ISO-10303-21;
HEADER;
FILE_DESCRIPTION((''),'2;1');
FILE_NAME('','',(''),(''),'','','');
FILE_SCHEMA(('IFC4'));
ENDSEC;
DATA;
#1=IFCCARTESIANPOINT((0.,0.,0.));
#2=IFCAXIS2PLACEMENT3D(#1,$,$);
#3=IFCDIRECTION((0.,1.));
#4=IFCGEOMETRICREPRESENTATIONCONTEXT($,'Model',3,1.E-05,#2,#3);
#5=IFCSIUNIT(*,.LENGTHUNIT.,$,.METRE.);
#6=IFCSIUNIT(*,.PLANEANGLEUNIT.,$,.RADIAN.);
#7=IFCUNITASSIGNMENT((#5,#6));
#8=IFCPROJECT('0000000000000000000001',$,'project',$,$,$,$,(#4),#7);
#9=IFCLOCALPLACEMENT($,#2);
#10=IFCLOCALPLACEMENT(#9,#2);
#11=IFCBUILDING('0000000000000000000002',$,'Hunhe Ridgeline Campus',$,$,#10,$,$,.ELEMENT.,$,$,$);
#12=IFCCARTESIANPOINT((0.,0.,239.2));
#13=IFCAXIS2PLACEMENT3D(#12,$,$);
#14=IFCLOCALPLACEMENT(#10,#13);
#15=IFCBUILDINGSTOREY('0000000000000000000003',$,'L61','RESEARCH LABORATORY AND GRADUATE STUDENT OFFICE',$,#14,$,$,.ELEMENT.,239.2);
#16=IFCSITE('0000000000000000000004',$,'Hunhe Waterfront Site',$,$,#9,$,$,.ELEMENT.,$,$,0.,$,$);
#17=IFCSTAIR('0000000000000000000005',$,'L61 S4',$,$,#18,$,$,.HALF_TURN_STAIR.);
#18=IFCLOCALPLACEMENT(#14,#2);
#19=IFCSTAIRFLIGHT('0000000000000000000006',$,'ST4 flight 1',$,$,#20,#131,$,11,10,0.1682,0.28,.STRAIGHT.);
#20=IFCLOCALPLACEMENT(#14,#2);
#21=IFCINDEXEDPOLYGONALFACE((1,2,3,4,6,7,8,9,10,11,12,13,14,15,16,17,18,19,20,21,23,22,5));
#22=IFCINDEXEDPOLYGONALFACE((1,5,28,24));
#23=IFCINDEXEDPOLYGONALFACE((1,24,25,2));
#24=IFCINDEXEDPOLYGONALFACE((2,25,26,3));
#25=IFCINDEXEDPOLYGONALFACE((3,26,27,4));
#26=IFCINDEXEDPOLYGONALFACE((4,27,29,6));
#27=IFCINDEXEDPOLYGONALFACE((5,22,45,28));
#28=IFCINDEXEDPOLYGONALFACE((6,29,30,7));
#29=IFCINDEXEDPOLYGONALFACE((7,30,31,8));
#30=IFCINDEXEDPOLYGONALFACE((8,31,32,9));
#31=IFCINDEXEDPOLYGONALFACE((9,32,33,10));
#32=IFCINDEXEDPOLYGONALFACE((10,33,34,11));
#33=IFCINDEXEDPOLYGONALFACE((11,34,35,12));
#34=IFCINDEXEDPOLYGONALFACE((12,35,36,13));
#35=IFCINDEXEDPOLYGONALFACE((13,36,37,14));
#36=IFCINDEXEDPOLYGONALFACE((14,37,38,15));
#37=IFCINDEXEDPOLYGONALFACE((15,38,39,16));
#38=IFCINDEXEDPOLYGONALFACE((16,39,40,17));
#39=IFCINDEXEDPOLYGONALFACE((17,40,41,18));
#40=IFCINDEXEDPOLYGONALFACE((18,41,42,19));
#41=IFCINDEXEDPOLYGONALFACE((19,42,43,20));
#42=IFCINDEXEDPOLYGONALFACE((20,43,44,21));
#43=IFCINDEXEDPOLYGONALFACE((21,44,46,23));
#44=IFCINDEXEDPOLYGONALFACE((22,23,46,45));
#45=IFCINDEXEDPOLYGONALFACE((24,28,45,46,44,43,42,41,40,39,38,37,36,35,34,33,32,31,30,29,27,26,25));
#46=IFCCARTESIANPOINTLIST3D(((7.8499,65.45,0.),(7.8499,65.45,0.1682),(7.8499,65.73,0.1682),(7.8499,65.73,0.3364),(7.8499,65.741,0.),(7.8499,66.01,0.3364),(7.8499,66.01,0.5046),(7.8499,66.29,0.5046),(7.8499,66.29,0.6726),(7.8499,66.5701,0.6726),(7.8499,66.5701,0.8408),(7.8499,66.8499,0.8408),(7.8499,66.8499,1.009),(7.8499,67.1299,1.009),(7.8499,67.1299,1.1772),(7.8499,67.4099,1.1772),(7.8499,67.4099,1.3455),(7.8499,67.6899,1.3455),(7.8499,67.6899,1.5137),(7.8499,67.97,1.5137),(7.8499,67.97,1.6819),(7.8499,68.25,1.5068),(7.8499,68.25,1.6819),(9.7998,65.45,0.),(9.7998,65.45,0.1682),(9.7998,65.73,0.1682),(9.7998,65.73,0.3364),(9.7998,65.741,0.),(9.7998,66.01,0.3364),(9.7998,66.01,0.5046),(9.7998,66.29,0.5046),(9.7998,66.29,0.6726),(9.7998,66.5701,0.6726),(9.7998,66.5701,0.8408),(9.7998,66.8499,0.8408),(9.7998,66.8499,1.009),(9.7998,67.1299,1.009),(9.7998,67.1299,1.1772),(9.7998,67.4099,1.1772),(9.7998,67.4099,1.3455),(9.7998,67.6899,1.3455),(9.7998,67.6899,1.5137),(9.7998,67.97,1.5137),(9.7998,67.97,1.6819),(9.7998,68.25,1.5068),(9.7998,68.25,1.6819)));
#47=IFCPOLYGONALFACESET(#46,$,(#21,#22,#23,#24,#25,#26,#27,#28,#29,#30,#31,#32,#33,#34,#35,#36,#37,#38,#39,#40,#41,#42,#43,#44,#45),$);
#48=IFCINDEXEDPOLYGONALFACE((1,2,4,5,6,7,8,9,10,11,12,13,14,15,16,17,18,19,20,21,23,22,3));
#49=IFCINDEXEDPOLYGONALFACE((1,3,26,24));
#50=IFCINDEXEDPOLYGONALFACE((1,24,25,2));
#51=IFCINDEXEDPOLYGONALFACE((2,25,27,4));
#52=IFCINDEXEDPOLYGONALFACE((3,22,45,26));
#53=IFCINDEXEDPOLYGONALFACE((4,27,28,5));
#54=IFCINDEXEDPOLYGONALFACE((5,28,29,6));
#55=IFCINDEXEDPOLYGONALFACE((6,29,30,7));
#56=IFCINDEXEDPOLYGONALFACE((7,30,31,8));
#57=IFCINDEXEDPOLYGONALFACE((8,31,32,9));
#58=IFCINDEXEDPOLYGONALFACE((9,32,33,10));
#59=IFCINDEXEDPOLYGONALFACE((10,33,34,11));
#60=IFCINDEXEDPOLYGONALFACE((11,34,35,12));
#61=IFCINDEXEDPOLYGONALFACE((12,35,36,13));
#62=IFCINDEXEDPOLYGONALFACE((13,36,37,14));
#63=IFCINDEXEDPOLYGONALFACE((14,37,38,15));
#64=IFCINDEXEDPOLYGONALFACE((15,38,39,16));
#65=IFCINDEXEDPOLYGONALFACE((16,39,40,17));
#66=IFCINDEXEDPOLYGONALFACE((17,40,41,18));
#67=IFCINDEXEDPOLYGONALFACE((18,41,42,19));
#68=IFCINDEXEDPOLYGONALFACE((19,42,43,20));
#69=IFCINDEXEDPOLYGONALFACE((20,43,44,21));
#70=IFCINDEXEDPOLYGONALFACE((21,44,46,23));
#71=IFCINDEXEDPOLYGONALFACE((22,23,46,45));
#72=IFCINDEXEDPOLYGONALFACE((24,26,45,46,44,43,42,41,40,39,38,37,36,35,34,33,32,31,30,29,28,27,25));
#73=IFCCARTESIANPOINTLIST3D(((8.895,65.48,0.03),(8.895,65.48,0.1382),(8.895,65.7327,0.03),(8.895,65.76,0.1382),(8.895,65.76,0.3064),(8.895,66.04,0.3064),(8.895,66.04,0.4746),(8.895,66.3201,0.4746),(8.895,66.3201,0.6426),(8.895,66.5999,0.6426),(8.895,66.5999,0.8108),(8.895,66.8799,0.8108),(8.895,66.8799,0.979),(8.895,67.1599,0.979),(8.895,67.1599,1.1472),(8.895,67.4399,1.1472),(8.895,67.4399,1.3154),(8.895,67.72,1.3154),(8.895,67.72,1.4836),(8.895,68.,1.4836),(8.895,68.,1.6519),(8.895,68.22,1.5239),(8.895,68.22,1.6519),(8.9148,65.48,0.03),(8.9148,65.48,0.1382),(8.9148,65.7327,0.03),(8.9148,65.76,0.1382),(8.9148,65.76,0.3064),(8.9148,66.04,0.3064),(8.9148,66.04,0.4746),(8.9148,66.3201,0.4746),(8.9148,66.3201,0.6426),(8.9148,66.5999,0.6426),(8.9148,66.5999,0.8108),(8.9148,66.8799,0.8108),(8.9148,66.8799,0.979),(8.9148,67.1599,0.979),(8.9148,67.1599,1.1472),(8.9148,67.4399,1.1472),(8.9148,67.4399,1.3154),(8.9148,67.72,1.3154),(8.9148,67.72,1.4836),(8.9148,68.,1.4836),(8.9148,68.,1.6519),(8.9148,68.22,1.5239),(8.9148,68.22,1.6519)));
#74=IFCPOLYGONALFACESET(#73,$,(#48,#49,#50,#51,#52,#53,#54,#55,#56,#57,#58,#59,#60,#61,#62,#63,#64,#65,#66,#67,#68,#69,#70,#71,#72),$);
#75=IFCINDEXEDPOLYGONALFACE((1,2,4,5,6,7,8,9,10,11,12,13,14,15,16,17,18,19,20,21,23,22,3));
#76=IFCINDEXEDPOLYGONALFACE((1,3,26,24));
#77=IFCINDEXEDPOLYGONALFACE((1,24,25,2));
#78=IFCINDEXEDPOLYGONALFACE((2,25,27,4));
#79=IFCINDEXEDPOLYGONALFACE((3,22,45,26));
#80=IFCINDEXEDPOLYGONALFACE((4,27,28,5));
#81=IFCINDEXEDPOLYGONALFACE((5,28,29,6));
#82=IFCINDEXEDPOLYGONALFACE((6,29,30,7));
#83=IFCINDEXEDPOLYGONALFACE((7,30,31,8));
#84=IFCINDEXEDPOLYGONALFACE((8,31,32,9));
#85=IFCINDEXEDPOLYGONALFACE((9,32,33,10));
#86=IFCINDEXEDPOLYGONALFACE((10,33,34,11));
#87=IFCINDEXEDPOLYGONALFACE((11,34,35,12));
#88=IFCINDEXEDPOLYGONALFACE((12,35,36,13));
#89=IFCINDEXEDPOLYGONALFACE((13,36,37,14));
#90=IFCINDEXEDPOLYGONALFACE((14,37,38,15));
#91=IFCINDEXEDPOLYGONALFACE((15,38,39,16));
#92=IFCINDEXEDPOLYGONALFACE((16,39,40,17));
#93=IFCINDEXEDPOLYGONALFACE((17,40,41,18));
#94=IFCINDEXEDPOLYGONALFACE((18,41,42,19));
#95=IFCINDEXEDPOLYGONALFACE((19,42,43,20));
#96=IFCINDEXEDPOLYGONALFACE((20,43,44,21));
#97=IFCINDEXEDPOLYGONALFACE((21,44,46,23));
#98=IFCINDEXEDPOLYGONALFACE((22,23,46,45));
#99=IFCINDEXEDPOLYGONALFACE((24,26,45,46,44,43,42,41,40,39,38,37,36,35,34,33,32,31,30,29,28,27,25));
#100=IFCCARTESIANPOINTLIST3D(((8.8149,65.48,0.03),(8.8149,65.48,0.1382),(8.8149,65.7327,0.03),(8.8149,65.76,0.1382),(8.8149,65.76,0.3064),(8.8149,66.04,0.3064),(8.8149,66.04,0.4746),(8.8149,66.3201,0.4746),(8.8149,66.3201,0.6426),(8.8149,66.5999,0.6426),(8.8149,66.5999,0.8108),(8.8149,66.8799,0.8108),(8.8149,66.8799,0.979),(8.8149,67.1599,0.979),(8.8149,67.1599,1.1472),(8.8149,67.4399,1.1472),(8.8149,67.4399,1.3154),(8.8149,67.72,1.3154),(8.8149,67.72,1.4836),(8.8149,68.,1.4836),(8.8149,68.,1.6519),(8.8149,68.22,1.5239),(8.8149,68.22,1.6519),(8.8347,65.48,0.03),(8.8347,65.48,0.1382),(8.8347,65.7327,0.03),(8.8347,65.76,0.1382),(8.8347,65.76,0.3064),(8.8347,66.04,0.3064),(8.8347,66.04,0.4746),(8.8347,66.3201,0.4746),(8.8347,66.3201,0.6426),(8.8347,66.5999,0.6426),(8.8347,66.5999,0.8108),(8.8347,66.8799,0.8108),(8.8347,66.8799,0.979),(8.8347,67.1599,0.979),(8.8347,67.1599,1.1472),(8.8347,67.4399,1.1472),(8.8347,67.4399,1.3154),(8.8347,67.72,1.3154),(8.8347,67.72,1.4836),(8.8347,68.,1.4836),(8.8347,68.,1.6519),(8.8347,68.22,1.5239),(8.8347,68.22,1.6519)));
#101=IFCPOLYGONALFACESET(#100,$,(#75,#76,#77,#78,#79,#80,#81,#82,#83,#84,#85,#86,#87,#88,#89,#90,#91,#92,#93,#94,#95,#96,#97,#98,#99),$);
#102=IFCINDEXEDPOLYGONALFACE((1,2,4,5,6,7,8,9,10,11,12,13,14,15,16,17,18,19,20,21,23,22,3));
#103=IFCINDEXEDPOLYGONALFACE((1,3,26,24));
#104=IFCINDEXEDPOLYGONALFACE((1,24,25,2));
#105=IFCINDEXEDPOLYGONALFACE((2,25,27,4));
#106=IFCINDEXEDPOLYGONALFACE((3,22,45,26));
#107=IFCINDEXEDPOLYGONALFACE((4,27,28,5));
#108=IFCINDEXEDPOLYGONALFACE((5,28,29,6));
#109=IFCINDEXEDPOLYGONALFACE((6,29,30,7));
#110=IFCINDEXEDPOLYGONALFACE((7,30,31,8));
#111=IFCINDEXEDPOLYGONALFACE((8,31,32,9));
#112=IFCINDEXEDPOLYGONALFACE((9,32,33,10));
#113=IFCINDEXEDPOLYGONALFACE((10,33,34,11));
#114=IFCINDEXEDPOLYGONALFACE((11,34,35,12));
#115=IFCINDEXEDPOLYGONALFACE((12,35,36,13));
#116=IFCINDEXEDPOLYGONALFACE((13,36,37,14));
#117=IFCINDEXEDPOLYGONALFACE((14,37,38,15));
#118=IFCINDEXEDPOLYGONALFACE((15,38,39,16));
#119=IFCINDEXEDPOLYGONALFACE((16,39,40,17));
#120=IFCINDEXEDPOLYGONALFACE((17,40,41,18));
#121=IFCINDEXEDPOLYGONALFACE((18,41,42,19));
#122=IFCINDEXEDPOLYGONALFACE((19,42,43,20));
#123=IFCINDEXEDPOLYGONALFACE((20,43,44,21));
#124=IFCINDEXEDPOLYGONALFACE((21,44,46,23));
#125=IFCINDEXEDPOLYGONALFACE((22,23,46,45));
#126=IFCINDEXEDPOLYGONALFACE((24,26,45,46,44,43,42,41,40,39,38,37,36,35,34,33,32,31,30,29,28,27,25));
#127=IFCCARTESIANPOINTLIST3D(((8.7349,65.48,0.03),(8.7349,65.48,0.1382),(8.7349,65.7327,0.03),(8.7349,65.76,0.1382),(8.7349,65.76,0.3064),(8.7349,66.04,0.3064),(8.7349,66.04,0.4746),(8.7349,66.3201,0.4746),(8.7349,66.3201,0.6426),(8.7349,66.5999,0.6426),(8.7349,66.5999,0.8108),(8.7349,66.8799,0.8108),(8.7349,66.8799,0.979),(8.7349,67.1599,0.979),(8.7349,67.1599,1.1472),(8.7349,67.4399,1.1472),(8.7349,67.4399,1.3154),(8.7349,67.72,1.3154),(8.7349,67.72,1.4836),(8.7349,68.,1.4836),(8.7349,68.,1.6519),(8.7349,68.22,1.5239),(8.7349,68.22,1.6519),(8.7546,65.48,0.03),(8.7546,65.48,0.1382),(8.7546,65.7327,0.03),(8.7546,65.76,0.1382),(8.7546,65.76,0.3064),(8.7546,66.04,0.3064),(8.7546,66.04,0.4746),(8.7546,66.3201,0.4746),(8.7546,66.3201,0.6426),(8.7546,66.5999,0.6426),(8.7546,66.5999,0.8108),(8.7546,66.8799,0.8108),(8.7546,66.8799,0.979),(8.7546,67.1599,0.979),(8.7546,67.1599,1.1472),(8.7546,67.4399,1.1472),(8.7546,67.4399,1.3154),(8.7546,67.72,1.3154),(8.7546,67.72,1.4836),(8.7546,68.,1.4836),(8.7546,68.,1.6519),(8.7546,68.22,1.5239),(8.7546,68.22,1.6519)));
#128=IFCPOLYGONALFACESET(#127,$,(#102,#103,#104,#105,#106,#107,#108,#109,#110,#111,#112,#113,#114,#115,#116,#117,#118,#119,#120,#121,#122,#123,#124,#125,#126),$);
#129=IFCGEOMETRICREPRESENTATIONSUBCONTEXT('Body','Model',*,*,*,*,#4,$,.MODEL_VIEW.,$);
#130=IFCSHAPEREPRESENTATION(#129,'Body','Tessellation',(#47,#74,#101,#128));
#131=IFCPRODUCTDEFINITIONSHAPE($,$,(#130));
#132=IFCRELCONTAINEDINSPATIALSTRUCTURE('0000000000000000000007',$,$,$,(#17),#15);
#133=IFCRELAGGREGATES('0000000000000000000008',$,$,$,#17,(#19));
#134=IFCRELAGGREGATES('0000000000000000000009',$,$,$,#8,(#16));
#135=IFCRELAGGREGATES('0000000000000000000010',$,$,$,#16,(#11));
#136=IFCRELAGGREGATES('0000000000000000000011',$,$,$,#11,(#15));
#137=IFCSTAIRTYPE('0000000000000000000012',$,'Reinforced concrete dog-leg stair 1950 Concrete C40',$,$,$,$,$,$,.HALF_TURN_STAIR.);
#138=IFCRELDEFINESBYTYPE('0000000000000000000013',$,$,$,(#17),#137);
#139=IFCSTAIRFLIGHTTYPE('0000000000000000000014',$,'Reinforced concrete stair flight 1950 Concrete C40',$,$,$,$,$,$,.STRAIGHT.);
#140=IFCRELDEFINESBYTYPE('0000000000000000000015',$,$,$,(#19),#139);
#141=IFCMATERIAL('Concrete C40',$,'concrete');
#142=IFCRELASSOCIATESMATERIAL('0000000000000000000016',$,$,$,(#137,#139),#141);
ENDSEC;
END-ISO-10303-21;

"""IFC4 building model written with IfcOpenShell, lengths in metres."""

from ifc_helpers import new_model, si_unit, direction, frame, origin, place, context, subcontext, project, spatial, polyline, outline, extrude, material, type_object, element, aggregate, save


model = new_model("IFC4")

# Units and contexts
model_context = context("Model", 3, precision=1e-05, world=origin(), true_north=direction((0.0, 1.0)))
body_context = subcontext(model_context, "Body", "Model", "MODEL_VIEW")
ifc_project = project(units=[si_unit("LENGTHUNIT", "METRE"), si_unit("PLANEANGLEUNIT", "RADIAN")], contexts=[model_context])

# Site, building, storey
site_placement = place(None, origin())
site = spatial("IfcSite", under=ifc_project, at=site_placement, Name="Hunhe Waterfront Site", CompositionType="ELEMENT", RefElevation=0.0)
building_placement = place(site_placement, origin())
building = spatial("IfcBuilding", under=site, at=building_placement, Name="Hunhe Ridgeline Campus", CompositionType="ELEMENT")
storey_placement = place(building_placement, frame((0.0, 0.0, 239.2)))
storey = spatial("IfcBuildingStorey", under=building, at=storey_placement, Name="L61", Description="RESEARCH LABORATORY AND GRADUATE STUDENT OFFICE", CompositionType="ELEMENT", Elevation=239.2)

# Stair, stair flight
ifc_material_1 = material(Name="Concrete C40", Category="concrete")
stair_type = type_object("IfcStairType", Name="Reinforced concrete dog-leg stair 1950 Concrete C40", PredefinedType="HALF_TURN_STAIR", material=ifc_material_1)
stair_flight_type = type_object("IfcStairFlightType", Name="Reinforced concrete stair flight 1950 Concrete C40", PredefinedType="STRAIGHT", material=ifc_material_1)
stair_1_placement = place(storey_placement, origin())
stair_1 = element("IfcStair", 1, at=stair_1_placement, inside=storey, type_object=stair_type, Name="L61 S4", PredefinedType="HALF_TURN_STAIR")
stair_flight_1_placement = place(storey_placement, frame((8.825, 65.45, 0.0), z_axis=(0.0, 0.0, 1.0), x_axis=(0.0, 1.0, 0.0)))
stair_flight_1 = element("IfcStairFlight", 2, at=stair_flight_1_placement, type_object=stair_flight_type, Name="ST4 flight 1", NumberOfRisers=11, NumberOfTreads=10, PredefinedType="STRAIGHT", RiserHeight=0.1682, TreadLength=0.28, context=body_context, shape_type="SweptSolid", body=[
    extrude(outline(polyline([(0.0, 0.0), (0.0, 0.1682), (0.28, 0.1682), (0.28, 0.3364), (0.5601, 0.3364), (0.5601, 0.5046), (0.8401, 0.5046), (0.8401, 0.6726), (1.1201, 0.6726), (1.1201, 0.8408), (1.3999, 0.8408), (1.3999, 1.009), (1.6799, 1.009), (1.6799, 1.1772), (1.96, 1.1772), (1.96, 1.3455), (2.24, 1.3455), (2.24, 1.5137), (2.52, 1.5137), (2.52, 1.6819), (2.8, 1.6819), (2.8, 1.8501), (2.8, 1.5068), (0.291, 0.0), (0.0, 0.0)])), frame((0.0, 0.9751, 0.0), z_axis=(0.0, -1.0, 0.0), x_axis=(1.0, 0.0, 0.0)), (0.0, 0.0, 1.0), 1.95),
    extrude(outline(polyline([(0.03, 0.03), (0.03, 0.1382), (0.3101, 0.1382), (0.3101, 0.3064), (0.5901, 0.3064), (0.5901, 0.4746), (0.8701, 0.4746), (0.8701, 0.6426), (1.1499, 0.6426), (1.1499, 0.8108), (1.4299, 0.8108), (1.4299, 0.979), (1.71, 0.979), (1.71, 1.1472), (1.99, 1.1472), (1.99, 1.3154), (2.27, 1.3154), (2.27, 1.4836), (2.55, 1.4836), (2.55, 1.6519), (2.77, 1.6519), (2.77, 1.5239), (0.2827, 0.03), (0.03, 0.03)])), frame((0.0, -0.0701, 0.0), z_axis=(0.0, -1.0, 0.0), x_axis=(1.0, 0.0, 0.0)), (0.0, 0.0, 1.0), 0.0198),
    extrude(outline(polyline([(0.03, 0.03), (0.03, 0.1382), (0.3101, 0.1382), (0.3101, 0.3064), (0.5901, 0.3064), (0.5901, 0.4746), (0.8701, 0.4746), (0.8701, 0.6426), (1.1499, 0.6426), (1.1499, 0.8108), (1.4299, 0.8108), (1.4299, 0.979), (1.71, 0.979), (1.71, 1.1472), (1.99, 1.1472), (1.99, 1.3154), (2.27, 1.3154), (2.27, 1.4836), (2.55, 1.4836), (2.55, 1.6519), (2.77, 1.6519), (2.77, 1.5239), (0.2827, 0.03), (0.03, 0.03)])), frame((0.0, 0.01, 0.0), z_axis=(0.0, -1.0, 0.0), x_axis=(1.0, 0.0, 0.0)), (0.0, 0.0, 1.0), 0.0198),
    extrude(outline(polyline([(0.03, 0.03), (0.03, 0.1382), (0.3101, 0.1382), (0.3101, 0.3064), (0.5901, 0.3064), (0.5901, 0.4746), (0.8701, 0.4746), (0.8701, 0.6426), (1.1499, 0.6426), (1.1499, 0.8108), (1.4299, 0.8108), (1.4299, 0.979), (1.71, 0.979), (1.71, 1.1472), (1.99, 1.1472), (1.99, 1.3154), (2.27, 1.3154), (2.27, 1.4836), (2.55, 1.4836), (2.55, 1.6519), (2.77, 1.6519), (2.77, 1.5239), (0.2827, 0.03), (0.03, 0.03)])), frame((0.0, 0.0901, 0.0), z_axis=(0.0, -1.0, 0.0), x_axis=(1.0, 0.0, 0.0)), (0.0, 0.0, 1.0), 0.0198),
])
aggregate(stair_1, [stair_flight_1])

save(model, "model.ifc")
